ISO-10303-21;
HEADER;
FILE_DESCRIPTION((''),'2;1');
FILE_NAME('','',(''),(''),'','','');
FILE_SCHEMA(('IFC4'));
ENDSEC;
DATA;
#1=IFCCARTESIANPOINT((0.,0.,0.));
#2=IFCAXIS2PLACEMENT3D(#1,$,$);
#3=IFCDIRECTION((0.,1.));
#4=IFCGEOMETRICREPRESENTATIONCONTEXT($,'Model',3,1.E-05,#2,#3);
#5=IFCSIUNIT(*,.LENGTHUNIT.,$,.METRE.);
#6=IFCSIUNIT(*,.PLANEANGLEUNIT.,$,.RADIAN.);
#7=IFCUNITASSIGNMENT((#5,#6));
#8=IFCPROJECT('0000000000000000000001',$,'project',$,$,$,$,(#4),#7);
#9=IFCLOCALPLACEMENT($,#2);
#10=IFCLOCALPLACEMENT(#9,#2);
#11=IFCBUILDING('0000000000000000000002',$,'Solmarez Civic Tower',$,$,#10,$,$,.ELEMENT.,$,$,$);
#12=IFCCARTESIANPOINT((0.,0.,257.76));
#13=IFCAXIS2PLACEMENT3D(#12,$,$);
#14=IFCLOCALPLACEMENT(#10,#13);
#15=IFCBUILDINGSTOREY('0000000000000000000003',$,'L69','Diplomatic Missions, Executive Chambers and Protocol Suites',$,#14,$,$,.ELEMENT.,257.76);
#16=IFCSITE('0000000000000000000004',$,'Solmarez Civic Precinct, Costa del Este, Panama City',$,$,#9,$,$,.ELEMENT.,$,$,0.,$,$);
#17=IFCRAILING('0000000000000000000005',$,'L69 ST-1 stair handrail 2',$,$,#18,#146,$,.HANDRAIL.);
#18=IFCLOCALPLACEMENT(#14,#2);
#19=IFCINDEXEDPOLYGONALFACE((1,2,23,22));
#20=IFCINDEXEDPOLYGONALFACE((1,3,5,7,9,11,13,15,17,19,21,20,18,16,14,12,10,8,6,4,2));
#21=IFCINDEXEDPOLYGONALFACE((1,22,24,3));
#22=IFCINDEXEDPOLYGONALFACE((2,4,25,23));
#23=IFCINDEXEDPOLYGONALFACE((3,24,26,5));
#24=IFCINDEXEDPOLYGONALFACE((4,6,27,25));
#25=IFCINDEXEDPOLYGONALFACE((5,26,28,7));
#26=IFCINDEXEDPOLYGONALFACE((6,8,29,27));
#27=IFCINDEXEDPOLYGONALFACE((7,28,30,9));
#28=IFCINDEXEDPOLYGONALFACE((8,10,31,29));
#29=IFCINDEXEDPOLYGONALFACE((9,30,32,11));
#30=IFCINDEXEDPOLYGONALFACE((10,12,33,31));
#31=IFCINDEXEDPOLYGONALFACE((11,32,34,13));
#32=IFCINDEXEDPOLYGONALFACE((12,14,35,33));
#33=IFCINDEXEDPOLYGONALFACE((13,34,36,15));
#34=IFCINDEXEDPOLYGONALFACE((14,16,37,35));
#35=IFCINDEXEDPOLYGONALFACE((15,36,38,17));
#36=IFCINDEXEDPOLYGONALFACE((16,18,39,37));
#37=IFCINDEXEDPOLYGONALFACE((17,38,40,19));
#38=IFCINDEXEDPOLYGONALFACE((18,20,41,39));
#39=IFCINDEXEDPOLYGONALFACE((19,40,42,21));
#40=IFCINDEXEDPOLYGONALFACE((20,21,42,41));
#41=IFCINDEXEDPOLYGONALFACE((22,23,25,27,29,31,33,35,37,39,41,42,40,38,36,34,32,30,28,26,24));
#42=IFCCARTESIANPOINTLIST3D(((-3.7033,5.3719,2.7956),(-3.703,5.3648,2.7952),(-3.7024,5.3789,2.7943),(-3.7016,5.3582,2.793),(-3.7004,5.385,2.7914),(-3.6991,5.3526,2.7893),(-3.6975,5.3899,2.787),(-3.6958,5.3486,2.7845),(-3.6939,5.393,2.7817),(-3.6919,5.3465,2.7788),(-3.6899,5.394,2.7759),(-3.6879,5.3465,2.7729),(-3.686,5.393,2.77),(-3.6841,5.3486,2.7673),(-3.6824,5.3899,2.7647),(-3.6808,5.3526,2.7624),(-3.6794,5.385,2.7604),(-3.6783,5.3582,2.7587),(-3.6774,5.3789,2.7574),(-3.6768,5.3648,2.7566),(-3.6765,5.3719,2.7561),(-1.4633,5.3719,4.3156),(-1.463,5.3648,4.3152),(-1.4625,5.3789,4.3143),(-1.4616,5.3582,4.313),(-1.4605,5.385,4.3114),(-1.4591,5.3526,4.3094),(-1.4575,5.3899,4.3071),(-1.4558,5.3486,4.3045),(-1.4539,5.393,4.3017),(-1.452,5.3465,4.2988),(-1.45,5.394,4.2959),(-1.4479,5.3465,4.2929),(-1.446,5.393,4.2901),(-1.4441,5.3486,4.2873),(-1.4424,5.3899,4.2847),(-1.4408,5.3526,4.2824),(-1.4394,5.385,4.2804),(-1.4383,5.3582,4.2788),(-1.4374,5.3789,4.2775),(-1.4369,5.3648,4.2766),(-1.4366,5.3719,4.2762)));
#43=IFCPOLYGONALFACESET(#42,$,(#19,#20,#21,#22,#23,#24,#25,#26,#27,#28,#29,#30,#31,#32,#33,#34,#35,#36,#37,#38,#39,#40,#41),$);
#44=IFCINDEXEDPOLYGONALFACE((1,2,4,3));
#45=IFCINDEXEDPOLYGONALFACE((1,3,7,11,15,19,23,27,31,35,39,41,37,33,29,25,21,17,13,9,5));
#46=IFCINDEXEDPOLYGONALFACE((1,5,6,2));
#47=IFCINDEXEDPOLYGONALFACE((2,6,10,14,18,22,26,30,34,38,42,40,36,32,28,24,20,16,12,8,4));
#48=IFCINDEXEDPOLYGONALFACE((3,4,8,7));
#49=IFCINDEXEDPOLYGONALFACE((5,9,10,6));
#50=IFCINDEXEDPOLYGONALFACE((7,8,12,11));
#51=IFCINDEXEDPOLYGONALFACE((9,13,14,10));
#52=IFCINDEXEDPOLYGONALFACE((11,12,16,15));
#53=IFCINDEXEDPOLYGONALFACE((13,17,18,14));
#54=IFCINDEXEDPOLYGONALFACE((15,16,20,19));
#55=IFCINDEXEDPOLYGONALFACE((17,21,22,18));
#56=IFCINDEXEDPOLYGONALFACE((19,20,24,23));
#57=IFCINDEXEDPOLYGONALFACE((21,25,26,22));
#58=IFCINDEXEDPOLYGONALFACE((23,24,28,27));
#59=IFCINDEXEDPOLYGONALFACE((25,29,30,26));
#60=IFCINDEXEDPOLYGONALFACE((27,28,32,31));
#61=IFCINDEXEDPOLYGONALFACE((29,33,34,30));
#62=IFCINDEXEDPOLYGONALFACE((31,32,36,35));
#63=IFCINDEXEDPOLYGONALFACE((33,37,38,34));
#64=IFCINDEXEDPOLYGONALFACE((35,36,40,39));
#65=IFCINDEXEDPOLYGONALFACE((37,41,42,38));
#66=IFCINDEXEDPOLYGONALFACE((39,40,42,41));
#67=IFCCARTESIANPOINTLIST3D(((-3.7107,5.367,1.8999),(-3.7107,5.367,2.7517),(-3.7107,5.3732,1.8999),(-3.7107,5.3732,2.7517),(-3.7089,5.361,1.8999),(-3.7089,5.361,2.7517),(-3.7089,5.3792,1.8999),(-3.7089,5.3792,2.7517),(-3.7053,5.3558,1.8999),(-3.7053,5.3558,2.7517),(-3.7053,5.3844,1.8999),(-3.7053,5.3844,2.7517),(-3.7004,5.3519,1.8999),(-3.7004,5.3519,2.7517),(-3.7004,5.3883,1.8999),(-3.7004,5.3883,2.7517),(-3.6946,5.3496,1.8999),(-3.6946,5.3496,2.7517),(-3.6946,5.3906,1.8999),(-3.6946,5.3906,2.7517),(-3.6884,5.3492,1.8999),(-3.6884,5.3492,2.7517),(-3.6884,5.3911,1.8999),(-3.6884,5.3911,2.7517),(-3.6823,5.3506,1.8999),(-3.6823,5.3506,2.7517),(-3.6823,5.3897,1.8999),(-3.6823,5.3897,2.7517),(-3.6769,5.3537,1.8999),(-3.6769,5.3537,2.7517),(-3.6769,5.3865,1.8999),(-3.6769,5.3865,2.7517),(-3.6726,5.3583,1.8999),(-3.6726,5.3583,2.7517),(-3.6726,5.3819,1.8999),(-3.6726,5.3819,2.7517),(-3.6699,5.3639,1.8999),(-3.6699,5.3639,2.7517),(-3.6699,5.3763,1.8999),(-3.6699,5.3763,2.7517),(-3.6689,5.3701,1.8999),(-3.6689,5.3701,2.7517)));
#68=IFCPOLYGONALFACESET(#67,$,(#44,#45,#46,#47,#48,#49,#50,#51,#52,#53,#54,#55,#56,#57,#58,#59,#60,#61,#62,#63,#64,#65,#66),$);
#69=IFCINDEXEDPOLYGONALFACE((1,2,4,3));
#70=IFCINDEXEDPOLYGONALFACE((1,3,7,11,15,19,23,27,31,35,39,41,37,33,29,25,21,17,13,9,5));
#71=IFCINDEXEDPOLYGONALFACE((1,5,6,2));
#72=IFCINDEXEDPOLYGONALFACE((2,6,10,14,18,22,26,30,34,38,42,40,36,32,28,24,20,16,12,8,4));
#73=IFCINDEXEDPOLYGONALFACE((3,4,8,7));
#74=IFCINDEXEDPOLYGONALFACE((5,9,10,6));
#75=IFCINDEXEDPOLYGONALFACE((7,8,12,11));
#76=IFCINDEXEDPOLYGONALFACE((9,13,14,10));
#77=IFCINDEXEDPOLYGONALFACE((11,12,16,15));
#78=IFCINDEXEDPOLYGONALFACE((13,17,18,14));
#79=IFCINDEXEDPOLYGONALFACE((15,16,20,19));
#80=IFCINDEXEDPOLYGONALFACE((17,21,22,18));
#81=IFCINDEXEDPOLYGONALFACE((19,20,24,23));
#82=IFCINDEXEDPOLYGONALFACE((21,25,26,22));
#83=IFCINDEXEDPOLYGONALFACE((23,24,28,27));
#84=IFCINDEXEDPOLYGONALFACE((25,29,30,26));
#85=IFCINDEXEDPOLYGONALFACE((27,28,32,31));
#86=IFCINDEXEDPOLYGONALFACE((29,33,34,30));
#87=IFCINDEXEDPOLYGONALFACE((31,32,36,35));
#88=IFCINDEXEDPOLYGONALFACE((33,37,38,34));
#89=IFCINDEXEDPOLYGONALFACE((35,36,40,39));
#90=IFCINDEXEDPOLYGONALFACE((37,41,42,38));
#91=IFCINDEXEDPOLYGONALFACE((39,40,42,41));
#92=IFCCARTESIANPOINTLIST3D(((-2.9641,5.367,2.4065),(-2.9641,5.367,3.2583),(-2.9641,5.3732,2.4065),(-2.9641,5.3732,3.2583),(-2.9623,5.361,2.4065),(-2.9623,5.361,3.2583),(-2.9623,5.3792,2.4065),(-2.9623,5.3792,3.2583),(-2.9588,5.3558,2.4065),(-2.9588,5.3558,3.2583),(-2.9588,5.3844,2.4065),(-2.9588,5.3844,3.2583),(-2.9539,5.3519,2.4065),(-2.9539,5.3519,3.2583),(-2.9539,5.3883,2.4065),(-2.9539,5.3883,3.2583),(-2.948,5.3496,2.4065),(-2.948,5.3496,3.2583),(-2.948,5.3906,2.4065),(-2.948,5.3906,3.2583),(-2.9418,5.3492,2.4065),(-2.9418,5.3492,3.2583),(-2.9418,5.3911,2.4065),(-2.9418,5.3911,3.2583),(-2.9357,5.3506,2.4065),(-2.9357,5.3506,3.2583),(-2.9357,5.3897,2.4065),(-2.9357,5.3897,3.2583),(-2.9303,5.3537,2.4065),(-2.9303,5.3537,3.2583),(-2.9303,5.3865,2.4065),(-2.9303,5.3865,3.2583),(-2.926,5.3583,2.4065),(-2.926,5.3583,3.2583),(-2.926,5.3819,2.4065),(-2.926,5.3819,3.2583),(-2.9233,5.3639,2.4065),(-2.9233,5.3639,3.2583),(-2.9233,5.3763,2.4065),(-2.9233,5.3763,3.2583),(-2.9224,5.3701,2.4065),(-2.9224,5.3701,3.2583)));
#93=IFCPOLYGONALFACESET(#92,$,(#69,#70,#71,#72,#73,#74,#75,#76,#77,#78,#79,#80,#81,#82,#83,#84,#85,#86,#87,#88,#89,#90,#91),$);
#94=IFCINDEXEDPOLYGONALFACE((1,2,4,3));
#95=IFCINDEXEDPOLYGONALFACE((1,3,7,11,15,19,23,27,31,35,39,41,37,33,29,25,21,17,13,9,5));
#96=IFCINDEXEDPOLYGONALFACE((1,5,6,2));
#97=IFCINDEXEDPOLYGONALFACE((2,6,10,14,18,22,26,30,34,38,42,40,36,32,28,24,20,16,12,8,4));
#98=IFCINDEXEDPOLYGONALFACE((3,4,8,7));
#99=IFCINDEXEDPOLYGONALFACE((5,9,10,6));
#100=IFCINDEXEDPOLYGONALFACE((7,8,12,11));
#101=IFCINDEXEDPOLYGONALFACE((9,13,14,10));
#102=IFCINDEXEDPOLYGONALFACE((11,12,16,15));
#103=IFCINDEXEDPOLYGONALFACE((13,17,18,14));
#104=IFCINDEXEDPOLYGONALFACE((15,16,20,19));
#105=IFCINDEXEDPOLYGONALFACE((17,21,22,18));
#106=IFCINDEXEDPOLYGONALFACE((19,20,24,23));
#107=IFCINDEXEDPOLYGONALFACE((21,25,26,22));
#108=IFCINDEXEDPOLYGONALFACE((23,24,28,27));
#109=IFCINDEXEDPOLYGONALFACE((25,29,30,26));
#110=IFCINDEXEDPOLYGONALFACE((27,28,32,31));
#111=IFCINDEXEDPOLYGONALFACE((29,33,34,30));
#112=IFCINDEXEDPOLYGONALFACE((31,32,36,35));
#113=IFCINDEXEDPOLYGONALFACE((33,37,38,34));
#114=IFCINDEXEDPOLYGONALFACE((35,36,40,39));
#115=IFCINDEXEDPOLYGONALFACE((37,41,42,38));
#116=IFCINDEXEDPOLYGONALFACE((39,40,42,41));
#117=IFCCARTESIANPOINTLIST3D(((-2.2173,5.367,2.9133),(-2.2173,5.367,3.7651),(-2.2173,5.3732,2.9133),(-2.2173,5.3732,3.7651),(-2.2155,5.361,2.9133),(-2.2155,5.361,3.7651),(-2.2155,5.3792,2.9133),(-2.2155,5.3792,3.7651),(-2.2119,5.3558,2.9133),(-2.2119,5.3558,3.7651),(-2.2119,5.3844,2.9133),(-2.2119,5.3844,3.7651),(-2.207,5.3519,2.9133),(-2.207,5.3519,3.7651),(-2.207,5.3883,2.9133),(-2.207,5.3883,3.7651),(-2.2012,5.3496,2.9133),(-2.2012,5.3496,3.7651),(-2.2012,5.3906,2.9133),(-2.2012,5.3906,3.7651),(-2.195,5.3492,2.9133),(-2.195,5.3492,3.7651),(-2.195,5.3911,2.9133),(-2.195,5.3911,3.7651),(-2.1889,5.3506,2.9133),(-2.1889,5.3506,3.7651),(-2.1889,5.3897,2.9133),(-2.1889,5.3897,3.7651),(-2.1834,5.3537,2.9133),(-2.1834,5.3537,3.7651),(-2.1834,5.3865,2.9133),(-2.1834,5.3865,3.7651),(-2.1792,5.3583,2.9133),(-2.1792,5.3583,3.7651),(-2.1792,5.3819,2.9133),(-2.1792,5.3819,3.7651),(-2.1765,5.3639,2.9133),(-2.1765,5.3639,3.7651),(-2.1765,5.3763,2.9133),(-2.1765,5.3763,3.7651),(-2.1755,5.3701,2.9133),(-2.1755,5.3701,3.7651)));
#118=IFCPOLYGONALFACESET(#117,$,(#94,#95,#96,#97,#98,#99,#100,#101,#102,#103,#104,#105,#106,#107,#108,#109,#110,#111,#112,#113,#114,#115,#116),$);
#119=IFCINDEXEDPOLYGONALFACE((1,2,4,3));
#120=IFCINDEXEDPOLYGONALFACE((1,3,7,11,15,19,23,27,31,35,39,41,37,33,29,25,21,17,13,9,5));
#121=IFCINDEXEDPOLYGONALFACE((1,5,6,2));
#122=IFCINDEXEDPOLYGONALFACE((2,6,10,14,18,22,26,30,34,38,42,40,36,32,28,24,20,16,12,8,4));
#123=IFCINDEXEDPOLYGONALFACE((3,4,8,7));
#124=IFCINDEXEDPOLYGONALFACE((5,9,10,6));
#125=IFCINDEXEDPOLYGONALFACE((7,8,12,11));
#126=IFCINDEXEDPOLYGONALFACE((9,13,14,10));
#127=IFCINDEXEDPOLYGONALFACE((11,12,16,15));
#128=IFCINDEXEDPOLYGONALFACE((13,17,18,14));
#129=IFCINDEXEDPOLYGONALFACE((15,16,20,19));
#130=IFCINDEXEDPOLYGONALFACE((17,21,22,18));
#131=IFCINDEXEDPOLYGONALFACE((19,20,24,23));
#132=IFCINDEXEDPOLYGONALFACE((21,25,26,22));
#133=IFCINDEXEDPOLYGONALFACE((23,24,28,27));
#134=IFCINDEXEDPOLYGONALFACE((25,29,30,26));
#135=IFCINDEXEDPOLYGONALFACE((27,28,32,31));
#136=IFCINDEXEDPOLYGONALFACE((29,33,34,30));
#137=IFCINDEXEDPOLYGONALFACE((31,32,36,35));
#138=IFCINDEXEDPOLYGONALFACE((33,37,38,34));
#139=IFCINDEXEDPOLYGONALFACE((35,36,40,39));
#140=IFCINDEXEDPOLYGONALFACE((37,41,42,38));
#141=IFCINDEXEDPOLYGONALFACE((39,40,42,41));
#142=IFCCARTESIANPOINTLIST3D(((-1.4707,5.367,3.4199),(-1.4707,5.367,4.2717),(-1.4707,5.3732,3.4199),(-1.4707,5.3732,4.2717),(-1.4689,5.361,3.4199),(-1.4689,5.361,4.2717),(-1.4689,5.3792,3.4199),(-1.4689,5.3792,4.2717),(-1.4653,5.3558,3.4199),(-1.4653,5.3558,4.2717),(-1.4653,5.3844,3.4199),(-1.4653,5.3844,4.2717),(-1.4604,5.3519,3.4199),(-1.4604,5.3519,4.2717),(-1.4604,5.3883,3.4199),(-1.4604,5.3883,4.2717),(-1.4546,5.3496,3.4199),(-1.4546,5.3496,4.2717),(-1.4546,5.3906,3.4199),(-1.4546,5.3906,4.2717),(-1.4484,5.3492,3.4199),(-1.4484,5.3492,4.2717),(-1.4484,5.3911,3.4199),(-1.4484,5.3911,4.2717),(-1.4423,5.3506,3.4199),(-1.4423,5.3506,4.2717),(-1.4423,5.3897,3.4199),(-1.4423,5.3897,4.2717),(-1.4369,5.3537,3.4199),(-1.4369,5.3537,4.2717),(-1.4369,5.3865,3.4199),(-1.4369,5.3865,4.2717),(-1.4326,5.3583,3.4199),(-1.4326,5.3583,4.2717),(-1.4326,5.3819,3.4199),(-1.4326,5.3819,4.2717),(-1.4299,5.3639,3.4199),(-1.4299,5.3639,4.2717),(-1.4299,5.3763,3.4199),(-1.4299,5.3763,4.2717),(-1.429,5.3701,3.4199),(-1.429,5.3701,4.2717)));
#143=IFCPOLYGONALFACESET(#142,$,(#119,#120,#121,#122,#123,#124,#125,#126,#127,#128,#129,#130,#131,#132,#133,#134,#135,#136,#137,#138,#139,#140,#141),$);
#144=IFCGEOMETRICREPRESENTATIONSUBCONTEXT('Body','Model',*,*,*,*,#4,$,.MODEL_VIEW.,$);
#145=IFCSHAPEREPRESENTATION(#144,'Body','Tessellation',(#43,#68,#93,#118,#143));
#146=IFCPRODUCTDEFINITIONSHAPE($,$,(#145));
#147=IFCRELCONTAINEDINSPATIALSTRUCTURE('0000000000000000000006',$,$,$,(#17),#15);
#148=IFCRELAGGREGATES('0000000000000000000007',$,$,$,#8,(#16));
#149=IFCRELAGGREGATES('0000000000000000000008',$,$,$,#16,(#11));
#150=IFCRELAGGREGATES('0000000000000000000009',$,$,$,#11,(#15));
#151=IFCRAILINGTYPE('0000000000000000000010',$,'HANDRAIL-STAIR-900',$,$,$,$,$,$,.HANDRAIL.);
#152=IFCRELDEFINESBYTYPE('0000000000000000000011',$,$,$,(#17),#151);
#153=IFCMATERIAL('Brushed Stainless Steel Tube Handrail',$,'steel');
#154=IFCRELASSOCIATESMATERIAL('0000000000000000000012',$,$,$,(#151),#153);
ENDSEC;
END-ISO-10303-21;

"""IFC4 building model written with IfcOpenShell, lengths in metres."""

from ifc_helpers import new_model, si_unit, direction, frame, origin, origin_2d, place, context, subcontext, project, spatial, circle, extrude, material, type_object, element, save


model = new_model("IFC4")

# Units and contexts
model_context = context("Model", 3, precision=1e-05, world=origin(), true_north=direction((0.0, 1.0)))
body_context = subcontext(model_context, "Body", "Model", "MODEL_VIEW")
ifc_project = project(units=[si_unit("LENGTHUNIT", "METRE"), si_unit("PLANEANGLEUNIT", "RADIAN")], contexts=[model_context])

# Site, building, storey
site_placement = place(None, origin())
site = spatial("IfcSite", under=ifc_project, at=site_placement, Name="Solmarez Civic Precinct, Costa del Este, Panama City", CompositionType="ELEMENT", RefElevation=0.0)
building_placement = place(site_placement, origin())
building = spatial("IfcBuilding", under=site, at=building_placement, Name="Solmarez Civic Tower", CompositionType="ELEMENT")
storey_placement = place(building_placement, frame((0.0, 0.0, 257.76)))
storey = spatial("IfcBuildingStorey", under=building, at=storey_placement, Name="L69", Description="Diplomatic Missions, Executive Chambers and Protocol Suites", CompositionType="ELEMENT", Elevation=257.76)

# Railing
ifc_material_1 = material(Name="Brushed Stainless Steel Tube Handrail", Category="steel")
railing_type_1 = type_object("IfcRailingType", Name="HANDRAIL-STAIR-900", PredefinedType="HANDRAIL", material=ifc_material_1)
railing_1_placement = place(storey_placement, frame((-3.6899, 5.3701, 1.8999)))
element("IfcRailing", 1, at=railing_1_placement, inside=storey, type_object=railing_type_1, Name="L69 ST-1 stair handrail 2", PredefinedType="HANDRAIL", context=body_context, shape_type="SweptSolid", body=[
    extrude(circle(Radius=0.0239, at=origin_2d()), frame((0.0, 0.0, 0.876), z_axis=(0.827471, 0.0, 0.561508), x_axis=(0.0, 1.0, 0.0)), (0.0, 0.0, 1.0), 2.707),
    extrude(circle(Radius=0.021, at=origin_2d()), origin(), (0.0, 0.0, 1.0), 0.8518),
    extrude(circle(Radius=0.021, at=origin_2d()), frame((0.7466, 0.0, 0.5066)), (0.0, 0.0, 1.0), 0.8518),
    extrude(circle(Radius=0.021, at=origin_2d()), frame((1.4934, 0.0, 1.0134)), (0.0, 0.0, 1.0), 0.8518),
    extrude(circle(Radius=0.021, at=origin_2d()), frame((2.24, 0.0, 1.52)), (0.0, 0.0, 1.0), 0.8518),
])

save(model, "model.ifc")
